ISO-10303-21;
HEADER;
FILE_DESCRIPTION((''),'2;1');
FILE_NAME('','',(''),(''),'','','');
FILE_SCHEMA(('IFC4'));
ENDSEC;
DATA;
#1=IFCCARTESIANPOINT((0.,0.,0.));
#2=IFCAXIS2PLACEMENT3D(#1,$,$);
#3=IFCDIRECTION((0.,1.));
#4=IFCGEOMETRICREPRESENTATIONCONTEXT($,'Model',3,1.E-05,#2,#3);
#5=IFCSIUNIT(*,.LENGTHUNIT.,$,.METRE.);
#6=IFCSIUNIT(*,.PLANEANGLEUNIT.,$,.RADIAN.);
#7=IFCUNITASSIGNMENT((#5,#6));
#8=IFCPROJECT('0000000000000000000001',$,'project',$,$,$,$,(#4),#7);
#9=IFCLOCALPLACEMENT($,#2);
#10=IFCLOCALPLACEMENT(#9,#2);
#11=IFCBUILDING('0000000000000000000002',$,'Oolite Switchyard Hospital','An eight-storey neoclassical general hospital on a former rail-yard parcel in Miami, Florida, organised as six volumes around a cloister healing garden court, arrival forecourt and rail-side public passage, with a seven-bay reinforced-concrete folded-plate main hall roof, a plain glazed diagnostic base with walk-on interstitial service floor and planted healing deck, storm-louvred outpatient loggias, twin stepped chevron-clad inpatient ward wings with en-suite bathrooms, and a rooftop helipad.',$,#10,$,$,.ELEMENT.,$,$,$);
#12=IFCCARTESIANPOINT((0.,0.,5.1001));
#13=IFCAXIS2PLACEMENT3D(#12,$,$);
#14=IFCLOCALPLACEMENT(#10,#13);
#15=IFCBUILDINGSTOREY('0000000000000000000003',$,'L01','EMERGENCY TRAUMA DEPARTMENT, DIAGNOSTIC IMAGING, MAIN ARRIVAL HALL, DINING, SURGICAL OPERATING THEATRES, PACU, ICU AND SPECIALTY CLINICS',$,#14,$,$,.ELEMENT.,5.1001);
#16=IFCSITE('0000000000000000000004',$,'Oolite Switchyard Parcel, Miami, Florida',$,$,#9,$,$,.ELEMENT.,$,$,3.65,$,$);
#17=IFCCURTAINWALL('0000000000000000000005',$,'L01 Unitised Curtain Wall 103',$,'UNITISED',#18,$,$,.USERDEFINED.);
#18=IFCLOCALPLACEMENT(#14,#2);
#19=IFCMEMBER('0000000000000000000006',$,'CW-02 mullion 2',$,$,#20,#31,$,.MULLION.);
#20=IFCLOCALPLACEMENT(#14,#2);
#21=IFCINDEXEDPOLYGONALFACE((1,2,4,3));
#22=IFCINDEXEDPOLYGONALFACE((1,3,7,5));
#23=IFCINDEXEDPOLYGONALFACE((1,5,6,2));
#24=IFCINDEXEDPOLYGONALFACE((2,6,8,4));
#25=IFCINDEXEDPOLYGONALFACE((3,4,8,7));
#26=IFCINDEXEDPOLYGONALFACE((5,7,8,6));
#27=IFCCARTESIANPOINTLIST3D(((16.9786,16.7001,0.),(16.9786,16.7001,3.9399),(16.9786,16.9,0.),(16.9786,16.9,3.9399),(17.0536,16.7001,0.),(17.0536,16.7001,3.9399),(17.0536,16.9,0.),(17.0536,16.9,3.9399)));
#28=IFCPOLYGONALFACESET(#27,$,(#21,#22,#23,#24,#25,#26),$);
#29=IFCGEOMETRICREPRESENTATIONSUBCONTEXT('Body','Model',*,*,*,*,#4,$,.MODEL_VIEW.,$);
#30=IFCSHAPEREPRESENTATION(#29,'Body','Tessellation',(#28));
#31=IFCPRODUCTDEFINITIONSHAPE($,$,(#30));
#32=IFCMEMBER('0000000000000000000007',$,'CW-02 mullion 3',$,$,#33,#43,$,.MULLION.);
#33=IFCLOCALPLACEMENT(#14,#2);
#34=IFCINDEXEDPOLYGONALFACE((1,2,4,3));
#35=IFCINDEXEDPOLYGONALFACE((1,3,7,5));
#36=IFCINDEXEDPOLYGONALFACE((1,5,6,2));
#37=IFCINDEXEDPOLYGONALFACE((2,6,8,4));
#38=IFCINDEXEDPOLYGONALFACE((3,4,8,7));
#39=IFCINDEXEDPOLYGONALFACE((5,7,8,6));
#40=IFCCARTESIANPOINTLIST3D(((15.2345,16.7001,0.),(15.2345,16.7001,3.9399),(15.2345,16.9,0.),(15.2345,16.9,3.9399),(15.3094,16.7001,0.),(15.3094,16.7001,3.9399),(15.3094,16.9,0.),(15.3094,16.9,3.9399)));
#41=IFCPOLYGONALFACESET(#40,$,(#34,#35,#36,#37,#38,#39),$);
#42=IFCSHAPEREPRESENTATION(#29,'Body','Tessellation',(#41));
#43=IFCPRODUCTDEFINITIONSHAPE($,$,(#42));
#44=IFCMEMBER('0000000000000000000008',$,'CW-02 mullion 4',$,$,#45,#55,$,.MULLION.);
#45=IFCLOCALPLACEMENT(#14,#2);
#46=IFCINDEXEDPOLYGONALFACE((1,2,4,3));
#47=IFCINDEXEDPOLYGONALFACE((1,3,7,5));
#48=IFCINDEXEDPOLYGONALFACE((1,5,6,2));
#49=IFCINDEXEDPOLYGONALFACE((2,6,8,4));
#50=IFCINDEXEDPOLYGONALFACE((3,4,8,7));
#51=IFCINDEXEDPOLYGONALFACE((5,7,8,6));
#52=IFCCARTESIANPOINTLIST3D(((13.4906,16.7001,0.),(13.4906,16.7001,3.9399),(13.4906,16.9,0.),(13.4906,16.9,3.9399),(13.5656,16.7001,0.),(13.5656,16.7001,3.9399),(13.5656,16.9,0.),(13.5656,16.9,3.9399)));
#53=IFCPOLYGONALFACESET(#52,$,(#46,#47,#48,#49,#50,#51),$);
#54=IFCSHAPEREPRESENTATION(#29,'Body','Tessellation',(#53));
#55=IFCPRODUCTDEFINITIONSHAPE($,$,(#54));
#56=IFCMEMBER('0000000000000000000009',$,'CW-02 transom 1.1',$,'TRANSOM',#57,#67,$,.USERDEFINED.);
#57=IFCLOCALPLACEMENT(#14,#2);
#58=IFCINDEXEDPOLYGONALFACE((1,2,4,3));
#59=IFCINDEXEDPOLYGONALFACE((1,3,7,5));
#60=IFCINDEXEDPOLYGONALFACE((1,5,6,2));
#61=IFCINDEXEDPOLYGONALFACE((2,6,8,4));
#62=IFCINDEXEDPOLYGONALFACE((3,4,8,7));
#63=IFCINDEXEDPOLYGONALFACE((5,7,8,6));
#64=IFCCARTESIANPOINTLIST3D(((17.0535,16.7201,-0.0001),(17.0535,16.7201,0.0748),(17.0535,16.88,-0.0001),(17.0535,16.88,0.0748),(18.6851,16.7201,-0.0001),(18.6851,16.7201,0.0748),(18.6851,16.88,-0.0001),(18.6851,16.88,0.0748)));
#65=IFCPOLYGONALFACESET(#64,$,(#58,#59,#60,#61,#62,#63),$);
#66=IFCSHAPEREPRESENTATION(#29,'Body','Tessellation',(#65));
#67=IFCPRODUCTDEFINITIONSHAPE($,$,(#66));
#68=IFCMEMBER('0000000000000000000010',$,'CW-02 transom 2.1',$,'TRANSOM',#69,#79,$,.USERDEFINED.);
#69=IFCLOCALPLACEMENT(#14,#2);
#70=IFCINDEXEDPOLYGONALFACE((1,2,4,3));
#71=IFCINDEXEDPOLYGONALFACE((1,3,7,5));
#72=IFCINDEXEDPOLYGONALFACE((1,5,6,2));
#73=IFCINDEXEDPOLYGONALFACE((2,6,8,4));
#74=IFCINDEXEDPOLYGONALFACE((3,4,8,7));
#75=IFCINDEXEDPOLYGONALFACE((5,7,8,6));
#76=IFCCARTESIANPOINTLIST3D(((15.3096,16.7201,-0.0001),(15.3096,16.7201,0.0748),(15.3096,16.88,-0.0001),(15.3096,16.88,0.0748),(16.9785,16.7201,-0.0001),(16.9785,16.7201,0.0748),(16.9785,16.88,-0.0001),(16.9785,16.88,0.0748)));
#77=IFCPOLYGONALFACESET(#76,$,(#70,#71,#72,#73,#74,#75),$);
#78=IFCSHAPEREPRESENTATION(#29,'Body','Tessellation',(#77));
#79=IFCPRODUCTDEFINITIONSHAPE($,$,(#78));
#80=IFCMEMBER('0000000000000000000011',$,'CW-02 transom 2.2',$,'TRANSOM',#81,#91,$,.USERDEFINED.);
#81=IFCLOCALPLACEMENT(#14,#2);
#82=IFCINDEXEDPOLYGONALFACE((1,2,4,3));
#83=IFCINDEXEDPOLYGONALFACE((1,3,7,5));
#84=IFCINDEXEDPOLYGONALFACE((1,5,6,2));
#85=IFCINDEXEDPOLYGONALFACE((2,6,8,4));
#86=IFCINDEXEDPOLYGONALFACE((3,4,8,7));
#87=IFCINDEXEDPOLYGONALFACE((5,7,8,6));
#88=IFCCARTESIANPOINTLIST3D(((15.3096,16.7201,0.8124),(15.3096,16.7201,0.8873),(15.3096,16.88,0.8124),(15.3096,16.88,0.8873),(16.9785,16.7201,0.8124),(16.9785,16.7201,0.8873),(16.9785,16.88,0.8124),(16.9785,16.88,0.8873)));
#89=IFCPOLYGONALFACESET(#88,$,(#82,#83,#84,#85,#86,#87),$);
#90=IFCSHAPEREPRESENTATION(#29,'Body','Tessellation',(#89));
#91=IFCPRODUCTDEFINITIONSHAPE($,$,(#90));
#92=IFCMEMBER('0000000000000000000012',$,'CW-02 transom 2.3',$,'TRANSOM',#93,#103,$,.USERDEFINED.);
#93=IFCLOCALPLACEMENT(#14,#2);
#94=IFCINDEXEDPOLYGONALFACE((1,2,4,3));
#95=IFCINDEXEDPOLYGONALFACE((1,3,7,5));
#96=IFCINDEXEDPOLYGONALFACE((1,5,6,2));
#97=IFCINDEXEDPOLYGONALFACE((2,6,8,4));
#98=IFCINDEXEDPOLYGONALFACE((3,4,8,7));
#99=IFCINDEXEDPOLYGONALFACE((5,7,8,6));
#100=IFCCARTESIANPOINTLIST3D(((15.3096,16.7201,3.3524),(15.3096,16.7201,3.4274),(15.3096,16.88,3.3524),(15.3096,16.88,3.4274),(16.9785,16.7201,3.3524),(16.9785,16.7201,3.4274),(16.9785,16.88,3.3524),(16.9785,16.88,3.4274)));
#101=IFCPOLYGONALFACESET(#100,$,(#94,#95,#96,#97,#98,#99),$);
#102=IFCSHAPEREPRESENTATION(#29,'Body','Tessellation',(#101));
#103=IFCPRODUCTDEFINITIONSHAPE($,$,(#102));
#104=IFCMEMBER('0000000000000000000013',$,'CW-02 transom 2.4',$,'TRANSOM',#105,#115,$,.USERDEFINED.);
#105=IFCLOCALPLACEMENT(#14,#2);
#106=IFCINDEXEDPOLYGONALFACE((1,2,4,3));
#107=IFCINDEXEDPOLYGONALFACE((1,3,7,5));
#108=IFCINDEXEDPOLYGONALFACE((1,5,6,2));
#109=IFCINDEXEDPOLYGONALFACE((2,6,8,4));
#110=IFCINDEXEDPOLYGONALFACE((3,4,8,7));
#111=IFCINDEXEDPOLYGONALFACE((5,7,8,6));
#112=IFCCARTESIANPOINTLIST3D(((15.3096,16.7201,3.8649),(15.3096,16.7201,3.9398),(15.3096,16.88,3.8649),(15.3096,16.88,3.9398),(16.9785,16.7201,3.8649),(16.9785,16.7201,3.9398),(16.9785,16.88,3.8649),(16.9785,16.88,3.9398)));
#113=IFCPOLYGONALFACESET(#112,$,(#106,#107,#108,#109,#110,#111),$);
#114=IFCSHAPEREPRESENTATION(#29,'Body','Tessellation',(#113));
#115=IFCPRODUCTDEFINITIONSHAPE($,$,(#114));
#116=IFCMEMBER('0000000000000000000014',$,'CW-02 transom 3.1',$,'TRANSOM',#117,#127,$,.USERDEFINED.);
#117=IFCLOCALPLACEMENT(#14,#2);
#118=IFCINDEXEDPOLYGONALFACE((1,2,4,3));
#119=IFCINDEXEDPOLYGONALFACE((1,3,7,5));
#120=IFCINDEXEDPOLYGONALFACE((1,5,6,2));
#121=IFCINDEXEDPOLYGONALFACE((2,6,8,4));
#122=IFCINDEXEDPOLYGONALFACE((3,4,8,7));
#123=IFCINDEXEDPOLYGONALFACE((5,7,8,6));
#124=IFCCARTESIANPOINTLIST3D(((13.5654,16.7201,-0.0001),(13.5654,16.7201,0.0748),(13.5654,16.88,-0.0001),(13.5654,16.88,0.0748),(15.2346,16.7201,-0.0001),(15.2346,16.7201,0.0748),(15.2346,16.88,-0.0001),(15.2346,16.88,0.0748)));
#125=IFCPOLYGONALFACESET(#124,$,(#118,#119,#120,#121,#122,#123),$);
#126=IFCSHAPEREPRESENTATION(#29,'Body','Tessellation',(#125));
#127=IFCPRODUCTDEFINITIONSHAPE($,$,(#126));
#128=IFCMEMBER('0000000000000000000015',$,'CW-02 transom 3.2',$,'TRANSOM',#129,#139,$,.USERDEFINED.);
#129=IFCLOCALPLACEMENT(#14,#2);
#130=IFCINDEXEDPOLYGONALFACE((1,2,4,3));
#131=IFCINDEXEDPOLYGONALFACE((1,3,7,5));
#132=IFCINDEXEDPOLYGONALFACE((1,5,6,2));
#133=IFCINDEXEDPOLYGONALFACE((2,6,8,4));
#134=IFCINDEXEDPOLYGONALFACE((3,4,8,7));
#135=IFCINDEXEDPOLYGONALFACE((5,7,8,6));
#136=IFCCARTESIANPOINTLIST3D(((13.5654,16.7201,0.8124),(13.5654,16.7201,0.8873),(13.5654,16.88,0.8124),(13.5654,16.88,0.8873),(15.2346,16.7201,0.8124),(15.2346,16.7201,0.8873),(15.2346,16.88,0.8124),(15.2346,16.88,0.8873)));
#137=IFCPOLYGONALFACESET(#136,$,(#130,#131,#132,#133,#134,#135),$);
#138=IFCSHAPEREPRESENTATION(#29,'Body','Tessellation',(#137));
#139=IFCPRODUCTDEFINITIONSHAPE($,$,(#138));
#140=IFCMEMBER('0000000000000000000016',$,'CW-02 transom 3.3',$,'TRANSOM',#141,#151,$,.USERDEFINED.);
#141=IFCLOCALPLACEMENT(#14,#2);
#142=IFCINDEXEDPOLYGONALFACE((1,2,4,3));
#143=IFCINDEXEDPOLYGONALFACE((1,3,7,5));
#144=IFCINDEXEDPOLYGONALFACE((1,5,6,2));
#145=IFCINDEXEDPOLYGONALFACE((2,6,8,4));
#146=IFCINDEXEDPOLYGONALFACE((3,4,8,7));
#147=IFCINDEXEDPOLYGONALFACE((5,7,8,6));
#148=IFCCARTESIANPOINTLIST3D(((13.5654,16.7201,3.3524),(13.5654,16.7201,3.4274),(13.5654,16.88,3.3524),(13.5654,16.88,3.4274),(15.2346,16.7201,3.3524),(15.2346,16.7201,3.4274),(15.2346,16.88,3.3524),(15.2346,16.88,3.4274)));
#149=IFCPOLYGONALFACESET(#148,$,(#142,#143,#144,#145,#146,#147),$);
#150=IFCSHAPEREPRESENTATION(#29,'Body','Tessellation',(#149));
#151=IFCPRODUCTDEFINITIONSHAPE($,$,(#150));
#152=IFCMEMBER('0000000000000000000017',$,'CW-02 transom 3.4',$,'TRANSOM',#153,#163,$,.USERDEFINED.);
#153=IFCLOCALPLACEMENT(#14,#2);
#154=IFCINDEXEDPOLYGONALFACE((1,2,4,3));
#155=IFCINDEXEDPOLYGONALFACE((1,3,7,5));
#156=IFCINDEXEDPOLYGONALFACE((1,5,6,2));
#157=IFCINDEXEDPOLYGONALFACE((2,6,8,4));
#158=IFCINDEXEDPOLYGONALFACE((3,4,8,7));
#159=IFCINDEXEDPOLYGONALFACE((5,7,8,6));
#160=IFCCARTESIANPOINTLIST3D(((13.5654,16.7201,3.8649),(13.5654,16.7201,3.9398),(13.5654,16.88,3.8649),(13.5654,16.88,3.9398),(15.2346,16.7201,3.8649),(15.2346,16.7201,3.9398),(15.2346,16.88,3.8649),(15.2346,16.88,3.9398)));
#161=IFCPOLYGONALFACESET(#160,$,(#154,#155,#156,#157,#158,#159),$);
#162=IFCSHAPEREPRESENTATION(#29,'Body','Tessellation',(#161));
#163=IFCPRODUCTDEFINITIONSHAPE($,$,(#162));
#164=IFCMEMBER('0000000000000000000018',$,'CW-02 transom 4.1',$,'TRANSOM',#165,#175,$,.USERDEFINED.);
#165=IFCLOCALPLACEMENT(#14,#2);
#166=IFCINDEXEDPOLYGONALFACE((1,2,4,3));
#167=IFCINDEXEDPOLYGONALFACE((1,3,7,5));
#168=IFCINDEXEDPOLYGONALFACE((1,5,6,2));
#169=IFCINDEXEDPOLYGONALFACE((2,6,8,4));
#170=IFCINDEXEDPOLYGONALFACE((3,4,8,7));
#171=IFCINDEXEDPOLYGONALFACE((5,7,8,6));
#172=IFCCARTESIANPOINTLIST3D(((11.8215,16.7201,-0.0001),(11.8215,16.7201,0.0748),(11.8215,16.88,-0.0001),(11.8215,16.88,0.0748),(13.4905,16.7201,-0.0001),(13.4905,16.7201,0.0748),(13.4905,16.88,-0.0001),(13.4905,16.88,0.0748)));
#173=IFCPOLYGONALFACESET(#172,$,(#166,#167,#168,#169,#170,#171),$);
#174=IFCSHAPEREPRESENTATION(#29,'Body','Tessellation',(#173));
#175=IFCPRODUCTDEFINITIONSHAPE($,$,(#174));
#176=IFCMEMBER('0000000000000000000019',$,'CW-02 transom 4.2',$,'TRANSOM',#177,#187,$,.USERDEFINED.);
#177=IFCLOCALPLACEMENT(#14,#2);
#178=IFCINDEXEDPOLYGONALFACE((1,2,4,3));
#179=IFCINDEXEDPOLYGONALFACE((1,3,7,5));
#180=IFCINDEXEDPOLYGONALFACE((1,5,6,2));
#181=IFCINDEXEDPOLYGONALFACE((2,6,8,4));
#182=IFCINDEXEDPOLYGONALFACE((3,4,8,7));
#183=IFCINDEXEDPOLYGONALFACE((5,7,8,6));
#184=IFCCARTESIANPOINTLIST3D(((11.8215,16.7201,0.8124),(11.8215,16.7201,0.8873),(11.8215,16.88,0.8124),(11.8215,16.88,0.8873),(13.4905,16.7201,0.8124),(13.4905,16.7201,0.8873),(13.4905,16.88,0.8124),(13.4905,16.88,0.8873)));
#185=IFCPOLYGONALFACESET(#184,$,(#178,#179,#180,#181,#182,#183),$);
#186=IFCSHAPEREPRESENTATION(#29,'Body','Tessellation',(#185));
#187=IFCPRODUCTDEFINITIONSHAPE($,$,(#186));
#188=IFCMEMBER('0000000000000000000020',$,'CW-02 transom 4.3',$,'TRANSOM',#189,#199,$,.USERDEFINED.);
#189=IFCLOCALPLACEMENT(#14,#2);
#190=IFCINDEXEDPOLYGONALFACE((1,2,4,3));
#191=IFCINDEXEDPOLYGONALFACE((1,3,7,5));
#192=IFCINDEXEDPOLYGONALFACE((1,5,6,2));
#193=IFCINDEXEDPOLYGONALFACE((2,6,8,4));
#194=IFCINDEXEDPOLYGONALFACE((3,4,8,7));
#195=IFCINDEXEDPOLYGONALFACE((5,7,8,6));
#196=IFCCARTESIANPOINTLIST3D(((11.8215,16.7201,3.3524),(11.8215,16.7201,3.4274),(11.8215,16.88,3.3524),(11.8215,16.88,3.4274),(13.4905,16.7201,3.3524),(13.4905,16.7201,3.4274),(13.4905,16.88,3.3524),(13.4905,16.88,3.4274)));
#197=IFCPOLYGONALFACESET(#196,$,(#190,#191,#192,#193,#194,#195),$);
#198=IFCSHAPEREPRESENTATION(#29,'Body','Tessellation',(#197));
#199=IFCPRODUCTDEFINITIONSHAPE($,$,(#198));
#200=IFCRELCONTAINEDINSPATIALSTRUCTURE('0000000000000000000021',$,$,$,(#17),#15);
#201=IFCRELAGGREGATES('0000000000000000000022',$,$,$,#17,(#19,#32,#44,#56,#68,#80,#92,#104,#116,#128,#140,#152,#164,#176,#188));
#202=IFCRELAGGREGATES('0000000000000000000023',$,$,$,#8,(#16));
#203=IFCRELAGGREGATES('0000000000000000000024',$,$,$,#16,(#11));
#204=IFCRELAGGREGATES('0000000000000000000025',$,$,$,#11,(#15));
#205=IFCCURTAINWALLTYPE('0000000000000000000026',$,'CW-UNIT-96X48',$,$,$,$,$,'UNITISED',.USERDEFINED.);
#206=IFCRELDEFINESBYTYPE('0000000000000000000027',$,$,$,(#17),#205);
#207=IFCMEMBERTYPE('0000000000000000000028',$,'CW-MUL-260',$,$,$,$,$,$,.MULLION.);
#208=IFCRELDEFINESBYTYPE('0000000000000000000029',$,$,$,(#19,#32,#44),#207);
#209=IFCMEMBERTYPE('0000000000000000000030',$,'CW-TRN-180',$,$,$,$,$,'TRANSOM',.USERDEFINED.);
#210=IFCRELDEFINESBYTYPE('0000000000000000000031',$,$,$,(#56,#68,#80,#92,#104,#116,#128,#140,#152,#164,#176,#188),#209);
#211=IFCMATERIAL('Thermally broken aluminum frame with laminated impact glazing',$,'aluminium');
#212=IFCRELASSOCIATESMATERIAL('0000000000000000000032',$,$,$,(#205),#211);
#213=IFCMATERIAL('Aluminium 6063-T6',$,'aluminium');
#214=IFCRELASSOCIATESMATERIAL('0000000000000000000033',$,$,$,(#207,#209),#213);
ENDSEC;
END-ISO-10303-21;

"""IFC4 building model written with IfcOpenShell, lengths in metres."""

from ifc_helpers import new_model, si_unit, direction, frame, origin, origin_2d, place, context, subcontext, project, spatial, rectangle, extrude, material, material_profile, profile_set, type_object, element, aggregate, save


model = new_model("IFC4")

# Units and contexts
model_context = context("Model", 3, precision=1e-05, world=origin(), true_north=direction((0.0, 1.0)))
body_context = subcontext(model_context, "Body", "Model", "MODEL_VIEW")
ifc_project = project(units=[si_unit("LENGTHUNIT", "METRE"), si_unit("PLANEANGLEUNIT", "RADIAN")], contexts=[model_context])

# Site, building, storey
site_placement = place(None, origin())
site = spatial("IfcSite", under=ifc_project, at=site_placement, Name="Oolite Switchyard Parcel, Miami, Florida", CompositionType="ELEMENT", RefElevation=3.65)
building_placement = place(site_placement, origin())
building = spatial("IfcBuilding", under=site, at=building_placement, Name="Oolite Switchyard Hospital", Description="An eight-storey neoclassical general hospital on a former rail-yard parcel in Miami, Florida, organised as six volumes around a cloister healing garden court, arrival forecourt and rail-side public passage, with a seven-bay reinforced-concrete folded-plate main hall roof, a plain glazed diagnostic base with walk-on interstitial service floor and planted healing deck, storm-louvred outpatient loggias, twin stepped chevron-clad inpatient ward wings with en-suite bathrooms, and a rooftop helipad.", CompositionType="ELEMENT")
storey_placement = place(building_placement, frame((0.0, 0.0, 5.1001)))
storey = spatial("IfcBuildingStorey", under=building, at=storey_placement, Name="L01", Description="EMERGENCY TRAUMA DEPARTMENT, DIAGNOSTIC IMAGING, MAIN ARRIVAL HALL, DINING, SURGICAL OPERATING THEATRES, PACU, ICU AND SPECIALTY CLINICS", CompositionType="ELEMENT", Elevation=5.1001)

# Curtain wall, members
ifc_material_1 = material(Name="Thermally broken aluminum frame with laminated impact glazing", Category="aluminium")
curtain_wall_type = type_object("IfcCurtainWallType", Name="CW-UNIT-96X48", ElementType="UNITISED", PredefinedType="USERDEFINED", material=ifc_material_1)
curtain_wall_placement = place(storey_placement, origin())
curtain_wall = element("IfcCurtainWall", 1, at=curtain_wall_placement, inside=storey, type_object=curtain_wall_type, Name="L01 Unitised Curtain Wall 103", ObjectType="UNITISED", PredefinedType="USERDEFINED")
ifc_material_2 = material(Name="Aluminium 6063-T6", Category="aluminium")
ifc_material_profile_1 = material_profile(ifc_material_2, rectangle(XDim=0.2, YDim=0.075, at=origin_2d()), Name="CWM75X200")
ifc_profile_set_1 = profile_set([ifc_material_profile_1], Name="Aluminium 6063-T6")
member_type_1 = type_object("IfcMemberType", Name="CW-MUL-260", PredefinedType="MULLION", material=ifc_profile_set_1)
member_1_placement = place(storey_placement, frame((17.0161, 16.8, 0.0), z_axis=(0.0, 0.0, 1.0), x_axis=(0.0, -1.0, 0.0)))
member_1 = element("IfcMember", 2, at=member_1_placement, type_object=member_type_1, Name="CW-02 mullion 2", PredefinedType="MULLION", context=body_context, shape_type="SweptSolid", body=[
    extrude(rectangle(XDim=0.2, YDim=0.075, at=origin_2d()), origin(), (0.0, 0.0, 1.0), 3.9399),
])
member_2_placement = place(storey_placement, frame((15.272, 16.8, 0.0), z_axis=(0.0, 0.0, 1.0), x_axis=(0.0, -1.0, 0.0)))
member_2 = element("IfcMember", 3, at=member_2_placement, type_object=member_type_1, Name="CW-02 mullion 3", PredefinedType="MULLION", context=body_context, shape_type="SweptSolid", body=[
    extrude(rectangle(XDim=0.2, YDim=0.075, at=origin_2d()), origin(), (0.0, 0.0, 1.0), 3.9399),
])
member_3_placement = place(storey_placement, frame((13.5281, 16.8, 0.0), z_axis=(0.0, 0.0, 1.0), x_axis=(0.0, -1.0, 0.0)))
member_3 = element("IfcMember", 4, at=member_3_placement, type_object=member_type_1, Name="CW-02 mullion 4", PredefinedType="MULLION", context=body_context, shape_type="SweptSolid", body=[
    extrude(rectangle(XDim=0.2, YDim=0.075, at=origin_2d()), origin(), (0.0, 0.0, 1.0), 3.9399),
])
ifc_material_profile_2 = material_profile(ifc_material_2, rectangle(XDim=0.1599, YDim=0.075, at=origin_2d()), Name="CWT75X160")
ifc_profile_set_2 = profile_set([ifc_material_profile_2], Name="Aluminium 6063-T6")
member_type_2 = type_object("IfcMemberType", Name="CW-TRN-180", ElementType="TRANSOM", PredefinedType="USERDEFINED", material=ifc_profile_set_2)
member_4_placement = place(storey_placement, frame((18.6851, 16.8, 0.0374), z_axis=(-1.0, 0.0, 0.0), x_axis=(0.0, -1.0, 0.0)))
member_4 = element("IfcMember", 5, at=member_4_placement, type_object=member_type_2, Name="CW-02 transom 1.1", ObjectType="TRANSOM", PredefinedType="USERDEFINED", context=body_context, shape_type="SweptSolid", body=[
    extrude(rectangle(XDim=0.1599, YDim=0.075, at=origin_2d()), origin(), (0.0, 0.0, 1.0), 1.6316),
])
member_5_placement = place(storey_placement, frame((16.9785, 16.8, 0.0374), z_axis=(-1.0, 0.0, 0.0), x_axis=(0.0, -1.0, 0.0)))
member_5 = element("IfcMember", 6, at=member_5_placement, type_object=member_type_2, Name="CW-02 transom 2.1", ObjectType="TRANSOM", PredefinedType="USERDEFINED", context=body_context, shape_type="SweptSolid", body=[
    extrude(rectangle(XDim=0.1599, YDim=0.075, at=origin_2d()), origin(), (0.0, 0.0, 1.0), 1.6689),
])
member_6_placement = place(storey_placement, frame((16.9785, 16.8, 0.8499), z_axis=(-1.0, 0.0, 0.0), x_axis=(0.0, -1.0, 0.0)))
member_6 = element("IfcMember", 7, at=member_6_placement, type_object=member_type_2, Name="CW-02 transom 2.2", ObjectType="TRANSOM", PredefinedType="USERDEFINED", context=body_context, shape_type="SweptSolid", body=[
    extrude(rectangle(XDim=0.1599, YDim=0.075, at=origin_2d()), origin(), (0.0, 0.0, 1.0), 1.6689),
])
member_7_placement = place(storey_placement, frame((16.9785, 16.8, 3.3899), z_axis=(-1.0, 0.0, 0.0), x_axis=(0.0, -1.0, 0.0)))
member_7 = element("IfcMember", 8, at=member_7_placement, type_object=member_type_2, Name="CW-02 transom 2.3", ObjectType="TRANSOM", PredefinedType="USERDEFINED", context=body_context, shape_type="SweptSolid", body=[
    extrude(rectangle(XDim=0.1599, YDim=0.075, at=origin_2d()), origin(), (0.0, 0.0, 1.0), 1.6689),
])
member_8_placement = place(storey_placement, frame((16.9785, 16.8, 3.9023), z_axis=(-1.0, 0.0, 0.0), x_axis=(0.0, -1.0, 0.0)))
member_8 = element("IfcMember", 9, at=member_8_placement, type_object=member_type_2, Name="CW-02 transom 2.4", ObjectType="TRANSOM", PredefinedType="USERDEFINED", context=body_context, shape_type="SweptSolid", body=[
    extrude(rectangle(XDim=0.1599, YDim=0.075, at=origin_2d()), origin(), (0.0, 0.0, 1.0), 1.6689),
])
member_9_placement = place(storey_placement, frame((15.2346, 16.8, 0.0374), z_axis=(-1.0, 0.0, 0.0), x_axis=(0.0, -1.0, 0.0)))
member_9 = element("IfcMember", 10, at=member_9_placement, type_object=member_type_2, Name="CW-02 transom 3.1", ObjectType="TRANSOM", PredefinedType="USERDEFINED", context=body_context, shape_type="SweptSolid", body=[
    extrude(rectangle(XDim=0.1599, YDim=0.075, at=origin_2d()), origin(), (0.0, 0.0, 1.0), 1.6692),
])
member_10_placement = place(storey_placement, frame((15.2346, 16.8, 0.8499), z_axis=(-1.0, 0.0, 0.0), x_axis=(0.0, -1.0, 0.0)))
member_10 = element("IfcMember", 11, at=member_10_placement, type_object=member_type_2, Name="CW-02 transom 3.2", ObjectType="TRANSOM", PredefinedType="USERDEFINED", context=body_context, shape_type="SweptSolid", body=[
    extrude(rectangle(XDim=0.1599, YDim=0.075, at=origin_2d()), origin(), (0.0, 0.0, 1.0), 1.6692),
])
member_11_placement = place(storey_placement, frame((15.2346, 16.8, 3.3899), z_axis=(-1.0, 0.0, 0.0), x_axis=(0.0, -1.0, 0.0)))
member_11 = element("IfcMember", 12, at=member_11_placement, type_object=member_type_2, Name="CW-02 transom 3.3", ObjectType="TRANSOM", PredefinedType="USERDEFINED", context=body_context, shape_type="SweptSolid", body=[
    extrude(rectangle(XDim=0.1599, YDim=0.075, at=origin_2d()), origin(), (0.0, 0.0, 1.0), 1.6692),
])
member_12_placement = place(storey_placement, frame((15.2346, 16.8, 3.9023), z_axis=(-1.0, 0.0, 0.0), x_axis=(0.0, -1.0, 0.0)))
member_12 = element("IfcMember", 13, at=member_12_placement, type_object=member_type_2, Name="CW-02 transom 3.4", ObjectType="TRANSOM", PredefinedType="USERDEFINED", context=body_context, shape_type="SweptSolid", body=[
    extrude(rectangle(XDim=0.1599, YDim=0.075, at=origin_2d()), origin(), (0.0, 0.0, 1.0), 1.6692),
])
member_13_placement = place(storey_placement, frame((13.4905, 16.8, 0.0374), z_axis=(-1.0, 0.0, 0.0), x_axis=(0.0, -1.0, 0.0)))
member_13 = element("IfcMember", 14, at=member_13_placement, type_object=member_type_2, Name="CW-02 transom 4.1", ObjectType="TRANSOM", PredefinedType="USERDEFINED", context=body_context, shape_type="SweptSolid", body=[
    extrude(rectangle(XDim=0.1599, YDim=0.075, at=origin_2d()), origin(), (0.0, 0.0, 1.0), 1.6689),
])
member_14_placement = place(storey_placement, frame((13.4905, 16.8, 0.8499), z_axis=(-1.0, 0.0, 0.0), x_axis=(0.0, -1.0, 0.0)))
member_14 = element("IfcMember", 15, at=member_14_placement, type_object=member_type_2, Name="CW-02 transom 4.2", ObjectType="TRANSOM", PredefinedType="USERDEFINED", context=body_context, shape_type="SweptSolid", body=[
    extrude(rectangle(XDim=0.1599, YDim=0.075, at=origin_2d()), origin(), (0.0, 0.0, 1.0), 1.6689),
])
member_15_placement = place(storey_placement, frame((13.4905, 16.8, 3.3899), z_axis=(-1.0, 0.0, 0.0), x_axis=(0.0, -1.0, 0.0)))
member_15 = element("IfcMember", 16, at=member_15_placement, type_object=member_type_2, Name="CW-02 transom 4.3", ObjectType="TRANSOM", PredefinedType="USERDEFINED", context=body_context, shape_type="SweptSolid", body=[
    extrude(rectangle(XDim=0.1599, YDim=0.075, at=origin_2d()), origin(), (0.0, 0.0, 1.0), 1.6689),
])
aggregate(curtain_wall, [member_1, member_2, member_3, member_4, member_5, member_6, member_7, member_8, member_9, member_10, member_11, member_12, member_13, member_14, member_15])

save(model, "model.ifc")
